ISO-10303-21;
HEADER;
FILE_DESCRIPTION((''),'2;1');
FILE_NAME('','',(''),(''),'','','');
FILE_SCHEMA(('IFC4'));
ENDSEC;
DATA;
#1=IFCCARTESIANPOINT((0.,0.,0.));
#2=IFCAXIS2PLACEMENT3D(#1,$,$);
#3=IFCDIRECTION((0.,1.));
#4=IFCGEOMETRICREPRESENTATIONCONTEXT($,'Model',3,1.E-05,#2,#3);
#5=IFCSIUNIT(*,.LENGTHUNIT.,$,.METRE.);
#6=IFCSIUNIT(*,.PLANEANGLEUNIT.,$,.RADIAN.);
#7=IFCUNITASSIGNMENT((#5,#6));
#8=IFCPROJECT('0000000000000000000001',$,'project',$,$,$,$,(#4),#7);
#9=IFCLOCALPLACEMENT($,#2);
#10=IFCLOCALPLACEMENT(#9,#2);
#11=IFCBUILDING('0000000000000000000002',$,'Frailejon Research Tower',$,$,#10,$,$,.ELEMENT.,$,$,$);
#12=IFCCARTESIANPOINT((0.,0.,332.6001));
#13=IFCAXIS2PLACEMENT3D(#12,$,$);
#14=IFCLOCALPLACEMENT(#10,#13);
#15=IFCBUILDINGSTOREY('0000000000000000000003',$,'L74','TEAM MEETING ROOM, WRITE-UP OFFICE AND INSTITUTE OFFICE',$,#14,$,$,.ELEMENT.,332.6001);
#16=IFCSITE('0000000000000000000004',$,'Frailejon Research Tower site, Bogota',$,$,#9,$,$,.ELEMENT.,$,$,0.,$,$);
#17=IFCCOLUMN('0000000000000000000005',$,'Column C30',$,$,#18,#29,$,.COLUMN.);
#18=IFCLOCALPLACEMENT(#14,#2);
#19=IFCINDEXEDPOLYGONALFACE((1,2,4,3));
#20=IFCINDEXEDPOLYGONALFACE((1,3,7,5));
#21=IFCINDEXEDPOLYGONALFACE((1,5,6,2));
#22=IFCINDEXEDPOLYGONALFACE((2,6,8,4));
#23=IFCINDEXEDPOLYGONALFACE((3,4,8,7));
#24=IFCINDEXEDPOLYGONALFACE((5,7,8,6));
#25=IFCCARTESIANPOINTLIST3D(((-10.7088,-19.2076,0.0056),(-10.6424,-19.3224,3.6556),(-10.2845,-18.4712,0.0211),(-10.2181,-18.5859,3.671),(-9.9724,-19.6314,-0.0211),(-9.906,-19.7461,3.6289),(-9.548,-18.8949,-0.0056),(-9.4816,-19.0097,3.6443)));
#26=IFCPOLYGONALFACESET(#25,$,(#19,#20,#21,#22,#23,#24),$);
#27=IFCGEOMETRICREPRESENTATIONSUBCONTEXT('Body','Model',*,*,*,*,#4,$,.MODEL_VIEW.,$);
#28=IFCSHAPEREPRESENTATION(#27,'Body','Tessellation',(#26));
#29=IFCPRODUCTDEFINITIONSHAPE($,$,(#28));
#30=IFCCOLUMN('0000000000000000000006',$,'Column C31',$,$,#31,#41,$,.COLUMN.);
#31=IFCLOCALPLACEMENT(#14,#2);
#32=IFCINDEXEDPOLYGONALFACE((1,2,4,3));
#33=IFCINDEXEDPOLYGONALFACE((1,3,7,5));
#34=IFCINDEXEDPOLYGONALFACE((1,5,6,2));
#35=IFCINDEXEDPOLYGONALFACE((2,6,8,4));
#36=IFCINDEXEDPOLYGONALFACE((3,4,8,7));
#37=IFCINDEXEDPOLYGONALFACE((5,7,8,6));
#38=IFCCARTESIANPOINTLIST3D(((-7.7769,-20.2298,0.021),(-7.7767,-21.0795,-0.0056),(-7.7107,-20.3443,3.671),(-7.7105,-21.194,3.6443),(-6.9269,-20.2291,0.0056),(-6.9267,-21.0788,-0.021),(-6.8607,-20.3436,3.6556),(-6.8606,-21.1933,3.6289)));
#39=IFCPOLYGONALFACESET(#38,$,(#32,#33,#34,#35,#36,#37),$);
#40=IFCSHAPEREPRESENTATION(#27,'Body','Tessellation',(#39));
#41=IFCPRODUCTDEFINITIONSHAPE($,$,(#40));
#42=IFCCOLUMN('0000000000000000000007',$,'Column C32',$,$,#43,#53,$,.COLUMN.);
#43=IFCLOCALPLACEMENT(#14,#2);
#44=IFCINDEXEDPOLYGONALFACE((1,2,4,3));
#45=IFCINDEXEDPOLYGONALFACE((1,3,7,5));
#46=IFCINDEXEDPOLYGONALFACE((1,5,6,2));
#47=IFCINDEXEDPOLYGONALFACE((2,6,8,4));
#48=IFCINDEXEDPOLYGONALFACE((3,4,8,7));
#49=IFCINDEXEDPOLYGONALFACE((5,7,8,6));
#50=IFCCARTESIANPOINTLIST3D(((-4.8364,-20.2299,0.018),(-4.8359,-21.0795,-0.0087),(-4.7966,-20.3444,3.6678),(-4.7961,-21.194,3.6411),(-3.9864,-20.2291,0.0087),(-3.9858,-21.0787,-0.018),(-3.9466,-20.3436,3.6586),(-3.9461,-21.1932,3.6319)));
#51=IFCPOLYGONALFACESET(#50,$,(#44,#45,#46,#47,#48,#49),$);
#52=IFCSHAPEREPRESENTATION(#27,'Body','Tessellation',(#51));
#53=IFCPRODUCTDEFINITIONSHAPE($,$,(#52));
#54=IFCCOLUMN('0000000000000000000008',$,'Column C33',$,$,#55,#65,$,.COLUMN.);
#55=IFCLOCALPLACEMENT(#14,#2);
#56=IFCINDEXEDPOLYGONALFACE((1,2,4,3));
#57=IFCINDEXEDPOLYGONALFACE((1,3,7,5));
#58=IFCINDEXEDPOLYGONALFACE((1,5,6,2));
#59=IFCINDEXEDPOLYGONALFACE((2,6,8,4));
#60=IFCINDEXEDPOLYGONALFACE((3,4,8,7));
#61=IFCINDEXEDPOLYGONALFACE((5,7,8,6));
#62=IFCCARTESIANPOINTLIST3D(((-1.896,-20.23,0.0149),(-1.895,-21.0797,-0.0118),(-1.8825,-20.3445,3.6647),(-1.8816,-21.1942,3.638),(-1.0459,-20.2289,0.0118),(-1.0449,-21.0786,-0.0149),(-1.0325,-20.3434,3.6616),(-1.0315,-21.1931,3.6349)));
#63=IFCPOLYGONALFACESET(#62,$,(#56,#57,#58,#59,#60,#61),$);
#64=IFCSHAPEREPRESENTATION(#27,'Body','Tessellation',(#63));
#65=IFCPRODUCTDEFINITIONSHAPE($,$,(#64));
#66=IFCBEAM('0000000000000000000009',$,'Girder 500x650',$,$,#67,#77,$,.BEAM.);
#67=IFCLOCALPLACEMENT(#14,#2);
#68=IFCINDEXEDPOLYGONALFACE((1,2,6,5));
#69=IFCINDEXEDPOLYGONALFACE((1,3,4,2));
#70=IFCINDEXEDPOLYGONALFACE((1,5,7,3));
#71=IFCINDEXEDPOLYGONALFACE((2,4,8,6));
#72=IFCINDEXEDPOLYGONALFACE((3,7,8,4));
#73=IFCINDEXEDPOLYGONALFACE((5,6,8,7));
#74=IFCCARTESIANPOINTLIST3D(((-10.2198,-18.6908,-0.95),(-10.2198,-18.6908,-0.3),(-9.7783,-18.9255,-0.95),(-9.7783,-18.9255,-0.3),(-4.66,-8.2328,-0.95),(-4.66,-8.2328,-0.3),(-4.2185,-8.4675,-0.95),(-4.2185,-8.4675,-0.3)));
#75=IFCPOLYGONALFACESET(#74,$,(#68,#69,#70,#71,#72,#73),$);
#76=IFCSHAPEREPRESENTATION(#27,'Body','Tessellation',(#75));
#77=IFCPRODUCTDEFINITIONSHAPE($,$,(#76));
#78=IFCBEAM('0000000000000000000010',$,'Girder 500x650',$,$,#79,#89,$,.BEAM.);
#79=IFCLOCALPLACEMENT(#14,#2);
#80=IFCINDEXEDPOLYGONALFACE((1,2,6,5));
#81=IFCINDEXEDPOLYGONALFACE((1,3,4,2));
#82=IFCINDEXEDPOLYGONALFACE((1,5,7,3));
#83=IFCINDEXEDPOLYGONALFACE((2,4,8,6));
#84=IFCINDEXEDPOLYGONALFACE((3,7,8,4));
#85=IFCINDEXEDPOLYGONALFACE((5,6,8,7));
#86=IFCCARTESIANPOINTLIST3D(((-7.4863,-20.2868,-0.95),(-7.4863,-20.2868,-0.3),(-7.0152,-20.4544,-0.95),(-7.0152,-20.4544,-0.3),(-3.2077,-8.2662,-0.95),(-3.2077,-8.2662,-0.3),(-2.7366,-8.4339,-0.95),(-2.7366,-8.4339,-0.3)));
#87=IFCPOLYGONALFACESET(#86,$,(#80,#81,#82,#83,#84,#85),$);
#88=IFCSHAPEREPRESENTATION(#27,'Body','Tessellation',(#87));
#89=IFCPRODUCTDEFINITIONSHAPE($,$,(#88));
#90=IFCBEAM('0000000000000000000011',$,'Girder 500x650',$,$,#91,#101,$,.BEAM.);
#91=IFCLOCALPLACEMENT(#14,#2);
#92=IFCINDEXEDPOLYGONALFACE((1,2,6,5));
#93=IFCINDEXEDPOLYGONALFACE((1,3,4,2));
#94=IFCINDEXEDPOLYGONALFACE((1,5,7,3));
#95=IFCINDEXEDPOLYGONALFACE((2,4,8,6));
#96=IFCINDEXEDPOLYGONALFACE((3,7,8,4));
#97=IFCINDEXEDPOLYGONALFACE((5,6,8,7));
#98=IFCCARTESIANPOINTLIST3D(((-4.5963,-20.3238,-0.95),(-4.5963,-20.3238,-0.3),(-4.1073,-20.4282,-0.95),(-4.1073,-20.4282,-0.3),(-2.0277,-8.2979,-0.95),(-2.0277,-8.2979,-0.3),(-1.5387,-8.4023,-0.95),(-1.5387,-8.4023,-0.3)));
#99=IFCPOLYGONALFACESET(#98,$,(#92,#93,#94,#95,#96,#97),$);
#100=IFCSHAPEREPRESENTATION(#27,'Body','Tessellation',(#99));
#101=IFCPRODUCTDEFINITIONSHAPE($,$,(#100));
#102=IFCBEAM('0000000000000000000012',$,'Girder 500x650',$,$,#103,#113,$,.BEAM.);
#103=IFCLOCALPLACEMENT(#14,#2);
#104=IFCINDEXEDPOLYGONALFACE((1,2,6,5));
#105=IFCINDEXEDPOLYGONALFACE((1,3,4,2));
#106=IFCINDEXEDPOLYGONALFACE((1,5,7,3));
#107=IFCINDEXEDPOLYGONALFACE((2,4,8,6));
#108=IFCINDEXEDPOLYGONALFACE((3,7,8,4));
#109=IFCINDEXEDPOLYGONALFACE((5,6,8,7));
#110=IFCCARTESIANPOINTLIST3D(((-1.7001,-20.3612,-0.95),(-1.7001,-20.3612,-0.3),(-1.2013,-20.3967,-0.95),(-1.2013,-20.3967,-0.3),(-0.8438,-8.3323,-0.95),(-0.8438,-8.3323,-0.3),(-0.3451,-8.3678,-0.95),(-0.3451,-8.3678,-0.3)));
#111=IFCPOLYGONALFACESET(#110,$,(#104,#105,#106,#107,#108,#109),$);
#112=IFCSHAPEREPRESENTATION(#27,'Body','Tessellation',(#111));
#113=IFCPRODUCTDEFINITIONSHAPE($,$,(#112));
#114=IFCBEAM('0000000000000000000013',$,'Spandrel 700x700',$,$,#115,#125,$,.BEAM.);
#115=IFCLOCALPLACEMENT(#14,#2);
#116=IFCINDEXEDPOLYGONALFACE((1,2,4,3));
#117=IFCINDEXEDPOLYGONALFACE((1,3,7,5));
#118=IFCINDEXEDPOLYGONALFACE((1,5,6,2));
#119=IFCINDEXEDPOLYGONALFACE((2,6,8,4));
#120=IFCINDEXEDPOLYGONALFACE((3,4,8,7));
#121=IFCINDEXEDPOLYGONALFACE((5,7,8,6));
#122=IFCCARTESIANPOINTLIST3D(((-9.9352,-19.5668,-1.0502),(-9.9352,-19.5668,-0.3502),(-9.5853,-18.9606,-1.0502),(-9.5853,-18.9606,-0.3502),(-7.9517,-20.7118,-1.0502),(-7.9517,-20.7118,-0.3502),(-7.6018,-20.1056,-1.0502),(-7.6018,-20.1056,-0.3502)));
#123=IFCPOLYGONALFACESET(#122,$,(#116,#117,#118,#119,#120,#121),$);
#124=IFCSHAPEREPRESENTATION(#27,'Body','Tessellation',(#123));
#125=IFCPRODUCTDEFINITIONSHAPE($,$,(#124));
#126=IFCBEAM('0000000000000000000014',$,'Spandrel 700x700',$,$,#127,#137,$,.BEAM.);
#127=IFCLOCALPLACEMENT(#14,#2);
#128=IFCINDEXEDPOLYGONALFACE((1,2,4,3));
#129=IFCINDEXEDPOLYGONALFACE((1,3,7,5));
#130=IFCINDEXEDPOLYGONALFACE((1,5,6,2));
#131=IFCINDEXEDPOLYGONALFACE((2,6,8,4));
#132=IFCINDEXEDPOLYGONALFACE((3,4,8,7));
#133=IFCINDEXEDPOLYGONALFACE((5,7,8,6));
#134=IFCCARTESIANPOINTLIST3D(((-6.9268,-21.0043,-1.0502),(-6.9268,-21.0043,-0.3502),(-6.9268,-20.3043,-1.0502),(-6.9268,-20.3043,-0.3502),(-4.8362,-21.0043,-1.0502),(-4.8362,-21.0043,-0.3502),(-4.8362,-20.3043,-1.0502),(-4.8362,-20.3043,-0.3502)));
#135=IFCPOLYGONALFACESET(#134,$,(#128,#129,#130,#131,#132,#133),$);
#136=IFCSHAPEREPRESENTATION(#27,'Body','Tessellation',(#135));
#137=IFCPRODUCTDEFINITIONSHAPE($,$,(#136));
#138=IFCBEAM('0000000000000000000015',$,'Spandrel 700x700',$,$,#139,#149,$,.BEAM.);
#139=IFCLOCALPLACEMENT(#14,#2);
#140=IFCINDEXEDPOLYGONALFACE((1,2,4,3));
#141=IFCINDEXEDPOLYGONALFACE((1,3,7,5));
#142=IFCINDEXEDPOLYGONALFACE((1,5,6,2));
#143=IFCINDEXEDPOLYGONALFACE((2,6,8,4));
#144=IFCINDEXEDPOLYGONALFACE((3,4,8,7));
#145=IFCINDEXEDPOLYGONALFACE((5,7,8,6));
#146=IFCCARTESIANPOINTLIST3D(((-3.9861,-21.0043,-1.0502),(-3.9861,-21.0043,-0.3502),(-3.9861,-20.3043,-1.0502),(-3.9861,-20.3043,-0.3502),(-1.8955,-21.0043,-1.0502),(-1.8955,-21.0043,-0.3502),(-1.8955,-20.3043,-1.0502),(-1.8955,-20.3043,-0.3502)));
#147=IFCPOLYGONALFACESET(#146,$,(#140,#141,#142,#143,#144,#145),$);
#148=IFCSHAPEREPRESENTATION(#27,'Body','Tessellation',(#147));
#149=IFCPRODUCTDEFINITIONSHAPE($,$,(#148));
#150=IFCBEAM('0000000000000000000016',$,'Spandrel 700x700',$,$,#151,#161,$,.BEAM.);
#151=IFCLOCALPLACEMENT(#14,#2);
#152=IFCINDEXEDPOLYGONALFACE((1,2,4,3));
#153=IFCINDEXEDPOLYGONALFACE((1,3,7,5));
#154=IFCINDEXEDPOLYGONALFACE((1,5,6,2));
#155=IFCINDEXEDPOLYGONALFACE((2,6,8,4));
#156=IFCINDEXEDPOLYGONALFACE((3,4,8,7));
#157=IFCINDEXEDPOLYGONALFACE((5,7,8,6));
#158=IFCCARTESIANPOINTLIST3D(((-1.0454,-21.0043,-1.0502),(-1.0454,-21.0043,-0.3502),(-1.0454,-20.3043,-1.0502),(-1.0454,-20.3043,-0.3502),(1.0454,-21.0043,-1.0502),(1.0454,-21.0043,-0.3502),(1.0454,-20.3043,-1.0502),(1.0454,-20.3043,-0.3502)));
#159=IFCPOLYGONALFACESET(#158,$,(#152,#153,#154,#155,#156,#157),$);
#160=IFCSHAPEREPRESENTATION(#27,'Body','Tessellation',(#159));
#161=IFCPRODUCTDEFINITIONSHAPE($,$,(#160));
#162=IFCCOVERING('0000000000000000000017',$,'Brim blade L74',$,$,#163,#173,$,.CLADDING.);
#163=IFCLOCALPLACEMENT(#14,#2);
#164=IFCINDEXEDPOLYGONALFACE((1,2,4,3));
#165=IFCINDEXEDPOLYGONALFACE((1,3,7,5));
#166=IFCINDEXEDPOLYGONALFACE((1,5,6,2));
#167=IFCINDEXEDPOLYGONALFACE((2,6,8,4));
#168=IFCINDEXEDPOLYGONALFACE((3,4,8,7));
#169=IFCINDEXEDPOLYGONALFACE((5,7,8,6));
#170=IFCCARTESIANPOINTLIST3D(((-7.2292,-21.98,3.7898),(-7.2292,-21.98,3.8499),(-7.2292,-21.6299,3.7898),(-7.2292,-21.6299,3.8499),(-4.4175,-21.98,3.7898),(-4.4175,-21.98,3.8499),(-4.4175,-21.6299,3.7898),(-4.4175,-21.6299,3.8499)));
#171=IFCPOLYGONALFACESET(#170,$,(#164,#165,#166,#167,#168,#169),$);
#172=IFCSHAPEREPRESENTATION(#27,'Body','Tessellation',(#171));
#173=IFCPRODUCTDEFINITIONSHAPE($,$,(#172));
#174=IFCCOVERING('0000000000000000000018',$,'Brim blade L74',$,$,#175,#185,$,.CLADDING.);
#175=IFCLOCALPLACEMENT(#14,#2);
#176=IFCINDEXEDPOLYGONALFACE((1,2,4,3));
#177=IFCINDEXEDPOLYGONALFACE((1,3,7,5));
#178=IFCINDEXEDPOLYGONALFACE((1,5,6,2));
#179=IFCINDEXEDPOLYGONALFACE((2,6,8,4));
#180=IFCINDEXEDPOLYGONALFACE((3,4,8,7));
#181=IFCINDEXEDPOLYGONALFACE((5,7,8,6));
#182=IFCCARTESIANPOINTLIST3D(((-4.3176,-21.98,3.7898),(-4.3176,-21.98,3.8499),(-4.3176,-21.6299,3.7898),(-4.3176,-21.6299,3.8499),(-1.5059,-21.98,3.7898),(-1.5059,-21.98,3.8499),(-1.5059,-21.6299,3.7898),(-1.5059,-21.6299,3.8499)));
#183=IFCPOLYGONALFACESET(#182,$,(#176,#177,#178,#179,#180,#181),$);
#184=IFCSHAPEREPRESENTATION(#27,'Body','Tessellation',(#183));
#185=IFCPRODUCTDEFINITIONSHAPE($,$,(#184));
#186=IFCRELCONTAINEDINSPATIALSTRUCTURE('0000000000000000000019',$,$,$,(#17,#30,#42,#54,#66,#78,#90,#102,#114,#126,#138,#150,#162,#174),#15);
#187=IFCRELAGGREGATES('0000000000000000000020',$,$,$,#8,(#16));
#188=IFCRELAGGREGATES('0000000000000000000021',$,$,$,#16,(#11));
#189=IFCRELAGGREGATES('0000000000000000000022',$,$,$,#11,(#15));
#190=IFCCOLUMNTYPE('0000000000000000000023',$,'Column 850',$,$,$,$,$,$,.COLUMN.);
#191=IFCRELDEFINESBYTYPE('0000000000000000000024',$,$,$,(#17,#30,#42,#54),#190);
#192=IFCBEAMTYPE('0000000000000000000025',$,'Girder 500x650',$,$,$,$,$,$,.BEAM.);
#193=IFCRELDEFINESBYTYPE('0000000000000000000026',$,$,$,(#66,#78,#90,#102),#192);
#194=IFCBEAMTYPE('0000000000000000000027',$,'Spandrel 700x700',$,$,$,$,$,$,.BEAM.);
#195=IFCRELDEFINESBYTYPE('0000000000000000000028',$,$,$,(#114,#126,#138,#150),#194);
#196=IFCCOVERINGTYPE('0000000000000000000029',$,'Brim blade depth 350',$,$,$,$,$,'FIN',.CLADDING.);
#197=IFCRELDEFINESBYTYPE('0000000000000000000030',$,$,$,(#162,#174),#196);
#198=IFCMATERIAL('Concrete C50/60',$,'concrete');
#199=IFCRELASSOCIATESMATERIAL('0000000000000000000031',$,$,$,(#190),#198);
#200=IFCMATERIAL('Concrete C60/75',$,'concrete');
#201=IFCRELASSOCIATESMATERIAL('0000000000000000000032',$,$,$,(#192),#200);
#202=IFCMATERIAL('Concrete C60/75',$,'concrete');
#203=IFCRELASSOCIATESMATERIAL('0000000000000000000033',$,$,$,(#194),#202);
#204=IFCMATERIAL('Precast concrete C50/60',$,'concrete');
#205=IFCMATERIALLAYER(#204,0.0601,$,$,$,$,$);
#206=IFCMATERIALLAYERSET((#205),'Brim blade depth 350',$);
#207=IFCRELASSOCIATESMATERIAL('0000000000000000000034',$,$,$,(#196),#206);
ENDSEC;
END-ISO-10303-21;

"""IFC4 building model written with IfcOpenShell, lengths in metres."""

from ifc_helpers import new_model, si_unit, direction, frame, origin, origin_2d, place, context, subcontext, project, spatial, polyline, rectangle, outline, extrude, material, layer, layer_set, material_profile, profile_set, type_object, element, save


model = new_model("IFC4")

# Units and contexts
model_context = context("Model", 3, precision=1e-05, world=origin(), true_north=direction((0.0, 1.0)))
body_context = subcontext(model_context, "Body", "Model", "MODEL_VIEW")
ifc_project = project(units=[si_unit("LENGTHUNIT", "METRE"), si_unit("PLANEANGLEUNIT", "RADIAN")], contexts=[model_context])

# Site, building, storey
site_placement = place(None, origin())
site = spatial("IfcSite", under=ifc_project, at=site_placement, Name="Frailejon Research Tower site, Bogota", CompositionType="ELEMENT", RefElevation=0.0)
building_placement = place(site_placement, origin())
building = spatial("IfcBuilding", under=site, at=building_placement, Name="Frailejon Research Tower", CompositionType="ELEMENT")
storey_placement = place(building_placement, frame((0.0, 0.0, 332.6001)))
storey = spatial("IfcBuildingStorey", under=building, at=storey_placement, Name="L74", Description="TEAM MEETING ROOM, WRITE-UP OFFICE AND INSTITUTE OFFICE", CompositionType="ELEMENT", Elevation=332.6001)

# Columns
ifc_material_1 = material(Name="Concrete C50/60", Category="concrete")
ifc_material_profile_1 = material_profile(ifc_material_1, rectangle(XDim=0.8501, YDim=0.8501, at=origin_2d()), Name="Column 850")
ifc_profile_set_1 = profile_set([ifc_material_profile_1], Name="Concrete C50/60")
column_type = type_object("IfcColumnType", Name="Column 850", PredefinedType="COLUMN", material=ifc_profile_set_1)
for number, where, z_axis, x_axis, name in (
    (1, (-10.1284, -19.0513, 0.0), (0.018182, -0.031417, 0.999341), (0.866316, -0.498507, -0.031434), "Column C30"),
    (2, (-7.3518, -20.6543, 0.0), (0.018115, -0.031351, 0.999344), (0.999836, 0.000764, -0.0181), "Column C31"),
):
    element("IfcColumn", number, at=place(storey_placement, frame(where, z_axis=z_axis, x_axis=x_axis)), inside=storey, type_object=column_type, Name=name, PredefinedType="COLUMN", context=body_context, shape_type="SweptSolid", body=[
        extrude(rectangle(XDim=0.8501, YDim=0.8501, at=origin_2d()), origin(), (0.0, 0.0, 1.0), 3.6523),
    ])
column_1_placement = place(storey_placement, frame((-4.4111, -20.6543, 0.0), z_axis=(0.010897, -0.031354, 0.999449), x_axis=(0.99994, 0.000957, -0.010872)))
element("IfcColumn", 3, at=column_1_placement, inside=storey, type_object=column_type, Name="Column C32", PredefinedType="COLUMN", context=body_context, shape_type="SweptSolid", body=[
    extrude(rectangle(XDim=0.8501, YDim=0.8501, at=origin_2d()), origin(), (0.0, 0.0, 1.0), 3.6519),
])
column_2_placement = place(storey_placement, frame((-1.4705, -20.6543, 0.0), z_axis=(0.003677, -0.031356, 0.999502), x_axis=(0.999993, 0.001221, -0.003641)))
element("IfcColumn", 4, at=column_2_placement, inside=storey, type_object=column_type, Name="Column C33", PredefinedType="COLUMN", context=body_context, shape_type="SweptSolid", body=[
    extrude(rectangle(XDim=0.8501, YDim=0.8501, at=origin_2d()), origin(), (0.0, 0.0, 1.0), 3.6516),
])

# Beams
ifc_material_2 = material(Name="Concrete C60/75", Category="concrete")
ifc_material_profile_2 = material_profile(ifc_material_2, rectangle(XDim=0.5, YDim=0.6499, at=origin_2d()), Name="Girder 500x650")
ifc_profile_set_2 = profile_set([ifc_material_profile_2], Name="Concrete C60/75")
beam_type_1 = type_object("IfcBeamType", Name="Girder 500x650", PredefinedType="BEAM", material=ifc_profile_set_2)
beam_1_placement = place(storey_placement, frame((-9.999, -18.8081, -0.625), z_axis=(0.469418, 0.882976, 0.0), x_axis=(-0.882976, 0.469418, 0.0)))
element("IfcBeam", 5, at=beam_1_placement, inside=storey, type_object=beam_type_1, Name="Girder 500x650", PredefinedType="BEAM", context=body_context, shape_type="SweptSolid", body=[
    extrude(rectangle(XDim=0.5, YDim=0.6499, at=origin_2d()), origin(), (0.0, 0.0, 1.0), 11.844),
])
beam_2_placement = place(storey_placement, frame((-7.2507, -20.3706, -0.625), z_axis=(0.33533, 0.942101, 0.0), x_axis=(-0.942101, 0.33533, 0.0)))
element("IfcBeam", 6, at=beam_2_placement, inside=storey, type_object=beam_type_1, Name="Girder 500x650", PredefinedType="BEAM", context=body_context, shape_type="SweptSolid", body=[
    extrude(rectangle(XDim=0.5, YDim=0.6499, at=origin_2d()), origin(), (0.0, 0.0, 1.0), 12.7593),
])
beam_3_placement = place(storey_placement, frame((-4.3518, -20.376, -0.625), z_axis=(0.208878, 0.977942, 0.0), x_axis=(-0.977942, 0.208878, 0.0)))
element("IfcBeam", 7, at=beam_3_placement, inside=storey, type_object=beam_type_1, Name="Girder 500x650", PredefinedType="BEAM", context=body_context, shape_type="SweptSolid", body=[
    extrude(rectangle(XDim=0.5, YDim=0.6499, at=origin_2d()), origin(), (0.0, 0.0, 1.0), 12.2971),
])
beam_4_placement = place(storey_placement, frame((-1.4507, -20.3789, -0.625), z_axis=(0.071, 0.997476, 0.0), x_axis=(-0.997476, 0.071, 0.0)))
element("IfcBeam", 8, at=beam_4_placement, inside=storey, type_object=beam_type_1, Name="Girder 500x650", PredefinedType="BEAM", context=body_context, shape_type="SweptSolid", body=[
    extrude(rectangle(XDim=0.5, YDim=0.6499, at=origin_2d()), origin(), (0.0, 0.0, 1.0), 12.0593),
])
ifc_material_3 = material(Name="Concrete C60/75", Category="concrete")
ifc_material_profile_3 = material_profile(ifc_material_3, rectangle(XDim=0.7, YDim=0.7, at=origin_2d()), Name="Spandrel 700x700")
ifc_profile_set_3 = profile_set([ifc_material_profile_3], Name="Concrete C60/75")
beam_type_2 = type_object("IfcBeamType", Name="Spandrel 700x700", PredefinedType="BEAM", material=ifc_profile_set_3)
beam_5_placement = place(storey_placement, frame((-9.7603, -19.2637, -0.7002), z_axis=(0.866044, -0.499969, 0.0), x_axis=(0.499969, 0.866044, 0.0)))
element("IfcBeam", 9, at=beam_5_placement, inside=storey, type_object=beam_type_2, Name="Spandrel 700x700", PredefinedType="BEAM", context=body_context, shape_type="SweptSolid", body=[
    extrude(rectangle(XDim=0.7, YDim=0.7, at=origin_2d()), origin(), (0.0, 0.0, 1.0), 2.2903),
])
for number, where, z_axis, x_axis, name in (
    (10, (-6.9268, -20.6543, -0.7002), (1.0, 0.0, 0.0), (0.0, 1.0, 0.0), "Spandrel 700x700"),
    (11, (-3.9861, -20.6543, -0.7002), (1.0, 0.0, 0.0), (0.0, 1.0, 0.0), "Spandrel 700x700"),
):
    element("IfcBeam", number, at=place(storey_placement, frame(where, z_axis=z_axis, x_axis=x_axis)), inside=storey, type_object=beam_type_2, Name=name, PredefinedType="BEAM", context=body_context, shape_type="SweptSolid", body=[
        extrude(rectangle(XDim=0.7, YDim=0.7, at=origin_2d()), origin(), (0.0, 0.0, 1.0), 2.0906),
    ])
beam_6_placement = place(storey_placement, frame((-1.0454, -20.6543, -0.7002), z_axis=(1.0, 0.0, 0.0), x_axis=(0.0, 1.0, 0.0)))
element("IfcBeam", 12, at=beam_6_placement, inside=storey, type_object=beam_type_2, Name="Spandrel 700x700", PredefinedType="BEAM", context=body_context, shape_type="SweptSolid", body=[
    extrude(rectangle(XDim=0.7, YDim=0.7, at=origin_2d()), origin(), (0.0, 0.0, 1.0), 2.0908),
])

# Coverings
ifc_material_4 = material(Name="Precast concrete C50/60", Category="concrete")
ifc_layer_1 = layer(ifc_material_4, 0.0601)
ifc_layer_set_1 = layer_set([ifc_layer_1], Name="Brim blade depth 350")
covering_type_1 = type_object("IfcCoveringType", Name="Brim blade depth 350", ElementType="FIN", PredefinedType="CLADDING", material=ifc_layer_set_1)
for number, where, z_axis, x_axis, name in (
    (13, (-4.4175, -21.6299, 3.8499), (-1.0, 0.0, 0.0), (0.0, -1.0, 0.0), "Brim blade L74"),
    (14, (-1.5059, -21.6299, 3.8499), (-1.0, 0.0, 0.0), (0.0, -1.0, 0.0), "Brim blade L74"),
):
    element("IfcCovering", number, at=place(storey_placement, frame(where, z_axis=z_axis, x_axis=x_axis)), inside=storey, type_object=covering_type_1, Name=name, PredefinedType="CLADDING", context=body_context, shape_type="SweptSolid", body=[
        extrude(outline(polyline([(0.0, -0.0601), (0.3501, -0.0601), (0.3501, 0.0), (0.0, 0.0), (0.0, -0.0601)])), origin(), (0.0, 0.0, 1.0), 2.8118),
    ])

save(model, "model.ifc")
